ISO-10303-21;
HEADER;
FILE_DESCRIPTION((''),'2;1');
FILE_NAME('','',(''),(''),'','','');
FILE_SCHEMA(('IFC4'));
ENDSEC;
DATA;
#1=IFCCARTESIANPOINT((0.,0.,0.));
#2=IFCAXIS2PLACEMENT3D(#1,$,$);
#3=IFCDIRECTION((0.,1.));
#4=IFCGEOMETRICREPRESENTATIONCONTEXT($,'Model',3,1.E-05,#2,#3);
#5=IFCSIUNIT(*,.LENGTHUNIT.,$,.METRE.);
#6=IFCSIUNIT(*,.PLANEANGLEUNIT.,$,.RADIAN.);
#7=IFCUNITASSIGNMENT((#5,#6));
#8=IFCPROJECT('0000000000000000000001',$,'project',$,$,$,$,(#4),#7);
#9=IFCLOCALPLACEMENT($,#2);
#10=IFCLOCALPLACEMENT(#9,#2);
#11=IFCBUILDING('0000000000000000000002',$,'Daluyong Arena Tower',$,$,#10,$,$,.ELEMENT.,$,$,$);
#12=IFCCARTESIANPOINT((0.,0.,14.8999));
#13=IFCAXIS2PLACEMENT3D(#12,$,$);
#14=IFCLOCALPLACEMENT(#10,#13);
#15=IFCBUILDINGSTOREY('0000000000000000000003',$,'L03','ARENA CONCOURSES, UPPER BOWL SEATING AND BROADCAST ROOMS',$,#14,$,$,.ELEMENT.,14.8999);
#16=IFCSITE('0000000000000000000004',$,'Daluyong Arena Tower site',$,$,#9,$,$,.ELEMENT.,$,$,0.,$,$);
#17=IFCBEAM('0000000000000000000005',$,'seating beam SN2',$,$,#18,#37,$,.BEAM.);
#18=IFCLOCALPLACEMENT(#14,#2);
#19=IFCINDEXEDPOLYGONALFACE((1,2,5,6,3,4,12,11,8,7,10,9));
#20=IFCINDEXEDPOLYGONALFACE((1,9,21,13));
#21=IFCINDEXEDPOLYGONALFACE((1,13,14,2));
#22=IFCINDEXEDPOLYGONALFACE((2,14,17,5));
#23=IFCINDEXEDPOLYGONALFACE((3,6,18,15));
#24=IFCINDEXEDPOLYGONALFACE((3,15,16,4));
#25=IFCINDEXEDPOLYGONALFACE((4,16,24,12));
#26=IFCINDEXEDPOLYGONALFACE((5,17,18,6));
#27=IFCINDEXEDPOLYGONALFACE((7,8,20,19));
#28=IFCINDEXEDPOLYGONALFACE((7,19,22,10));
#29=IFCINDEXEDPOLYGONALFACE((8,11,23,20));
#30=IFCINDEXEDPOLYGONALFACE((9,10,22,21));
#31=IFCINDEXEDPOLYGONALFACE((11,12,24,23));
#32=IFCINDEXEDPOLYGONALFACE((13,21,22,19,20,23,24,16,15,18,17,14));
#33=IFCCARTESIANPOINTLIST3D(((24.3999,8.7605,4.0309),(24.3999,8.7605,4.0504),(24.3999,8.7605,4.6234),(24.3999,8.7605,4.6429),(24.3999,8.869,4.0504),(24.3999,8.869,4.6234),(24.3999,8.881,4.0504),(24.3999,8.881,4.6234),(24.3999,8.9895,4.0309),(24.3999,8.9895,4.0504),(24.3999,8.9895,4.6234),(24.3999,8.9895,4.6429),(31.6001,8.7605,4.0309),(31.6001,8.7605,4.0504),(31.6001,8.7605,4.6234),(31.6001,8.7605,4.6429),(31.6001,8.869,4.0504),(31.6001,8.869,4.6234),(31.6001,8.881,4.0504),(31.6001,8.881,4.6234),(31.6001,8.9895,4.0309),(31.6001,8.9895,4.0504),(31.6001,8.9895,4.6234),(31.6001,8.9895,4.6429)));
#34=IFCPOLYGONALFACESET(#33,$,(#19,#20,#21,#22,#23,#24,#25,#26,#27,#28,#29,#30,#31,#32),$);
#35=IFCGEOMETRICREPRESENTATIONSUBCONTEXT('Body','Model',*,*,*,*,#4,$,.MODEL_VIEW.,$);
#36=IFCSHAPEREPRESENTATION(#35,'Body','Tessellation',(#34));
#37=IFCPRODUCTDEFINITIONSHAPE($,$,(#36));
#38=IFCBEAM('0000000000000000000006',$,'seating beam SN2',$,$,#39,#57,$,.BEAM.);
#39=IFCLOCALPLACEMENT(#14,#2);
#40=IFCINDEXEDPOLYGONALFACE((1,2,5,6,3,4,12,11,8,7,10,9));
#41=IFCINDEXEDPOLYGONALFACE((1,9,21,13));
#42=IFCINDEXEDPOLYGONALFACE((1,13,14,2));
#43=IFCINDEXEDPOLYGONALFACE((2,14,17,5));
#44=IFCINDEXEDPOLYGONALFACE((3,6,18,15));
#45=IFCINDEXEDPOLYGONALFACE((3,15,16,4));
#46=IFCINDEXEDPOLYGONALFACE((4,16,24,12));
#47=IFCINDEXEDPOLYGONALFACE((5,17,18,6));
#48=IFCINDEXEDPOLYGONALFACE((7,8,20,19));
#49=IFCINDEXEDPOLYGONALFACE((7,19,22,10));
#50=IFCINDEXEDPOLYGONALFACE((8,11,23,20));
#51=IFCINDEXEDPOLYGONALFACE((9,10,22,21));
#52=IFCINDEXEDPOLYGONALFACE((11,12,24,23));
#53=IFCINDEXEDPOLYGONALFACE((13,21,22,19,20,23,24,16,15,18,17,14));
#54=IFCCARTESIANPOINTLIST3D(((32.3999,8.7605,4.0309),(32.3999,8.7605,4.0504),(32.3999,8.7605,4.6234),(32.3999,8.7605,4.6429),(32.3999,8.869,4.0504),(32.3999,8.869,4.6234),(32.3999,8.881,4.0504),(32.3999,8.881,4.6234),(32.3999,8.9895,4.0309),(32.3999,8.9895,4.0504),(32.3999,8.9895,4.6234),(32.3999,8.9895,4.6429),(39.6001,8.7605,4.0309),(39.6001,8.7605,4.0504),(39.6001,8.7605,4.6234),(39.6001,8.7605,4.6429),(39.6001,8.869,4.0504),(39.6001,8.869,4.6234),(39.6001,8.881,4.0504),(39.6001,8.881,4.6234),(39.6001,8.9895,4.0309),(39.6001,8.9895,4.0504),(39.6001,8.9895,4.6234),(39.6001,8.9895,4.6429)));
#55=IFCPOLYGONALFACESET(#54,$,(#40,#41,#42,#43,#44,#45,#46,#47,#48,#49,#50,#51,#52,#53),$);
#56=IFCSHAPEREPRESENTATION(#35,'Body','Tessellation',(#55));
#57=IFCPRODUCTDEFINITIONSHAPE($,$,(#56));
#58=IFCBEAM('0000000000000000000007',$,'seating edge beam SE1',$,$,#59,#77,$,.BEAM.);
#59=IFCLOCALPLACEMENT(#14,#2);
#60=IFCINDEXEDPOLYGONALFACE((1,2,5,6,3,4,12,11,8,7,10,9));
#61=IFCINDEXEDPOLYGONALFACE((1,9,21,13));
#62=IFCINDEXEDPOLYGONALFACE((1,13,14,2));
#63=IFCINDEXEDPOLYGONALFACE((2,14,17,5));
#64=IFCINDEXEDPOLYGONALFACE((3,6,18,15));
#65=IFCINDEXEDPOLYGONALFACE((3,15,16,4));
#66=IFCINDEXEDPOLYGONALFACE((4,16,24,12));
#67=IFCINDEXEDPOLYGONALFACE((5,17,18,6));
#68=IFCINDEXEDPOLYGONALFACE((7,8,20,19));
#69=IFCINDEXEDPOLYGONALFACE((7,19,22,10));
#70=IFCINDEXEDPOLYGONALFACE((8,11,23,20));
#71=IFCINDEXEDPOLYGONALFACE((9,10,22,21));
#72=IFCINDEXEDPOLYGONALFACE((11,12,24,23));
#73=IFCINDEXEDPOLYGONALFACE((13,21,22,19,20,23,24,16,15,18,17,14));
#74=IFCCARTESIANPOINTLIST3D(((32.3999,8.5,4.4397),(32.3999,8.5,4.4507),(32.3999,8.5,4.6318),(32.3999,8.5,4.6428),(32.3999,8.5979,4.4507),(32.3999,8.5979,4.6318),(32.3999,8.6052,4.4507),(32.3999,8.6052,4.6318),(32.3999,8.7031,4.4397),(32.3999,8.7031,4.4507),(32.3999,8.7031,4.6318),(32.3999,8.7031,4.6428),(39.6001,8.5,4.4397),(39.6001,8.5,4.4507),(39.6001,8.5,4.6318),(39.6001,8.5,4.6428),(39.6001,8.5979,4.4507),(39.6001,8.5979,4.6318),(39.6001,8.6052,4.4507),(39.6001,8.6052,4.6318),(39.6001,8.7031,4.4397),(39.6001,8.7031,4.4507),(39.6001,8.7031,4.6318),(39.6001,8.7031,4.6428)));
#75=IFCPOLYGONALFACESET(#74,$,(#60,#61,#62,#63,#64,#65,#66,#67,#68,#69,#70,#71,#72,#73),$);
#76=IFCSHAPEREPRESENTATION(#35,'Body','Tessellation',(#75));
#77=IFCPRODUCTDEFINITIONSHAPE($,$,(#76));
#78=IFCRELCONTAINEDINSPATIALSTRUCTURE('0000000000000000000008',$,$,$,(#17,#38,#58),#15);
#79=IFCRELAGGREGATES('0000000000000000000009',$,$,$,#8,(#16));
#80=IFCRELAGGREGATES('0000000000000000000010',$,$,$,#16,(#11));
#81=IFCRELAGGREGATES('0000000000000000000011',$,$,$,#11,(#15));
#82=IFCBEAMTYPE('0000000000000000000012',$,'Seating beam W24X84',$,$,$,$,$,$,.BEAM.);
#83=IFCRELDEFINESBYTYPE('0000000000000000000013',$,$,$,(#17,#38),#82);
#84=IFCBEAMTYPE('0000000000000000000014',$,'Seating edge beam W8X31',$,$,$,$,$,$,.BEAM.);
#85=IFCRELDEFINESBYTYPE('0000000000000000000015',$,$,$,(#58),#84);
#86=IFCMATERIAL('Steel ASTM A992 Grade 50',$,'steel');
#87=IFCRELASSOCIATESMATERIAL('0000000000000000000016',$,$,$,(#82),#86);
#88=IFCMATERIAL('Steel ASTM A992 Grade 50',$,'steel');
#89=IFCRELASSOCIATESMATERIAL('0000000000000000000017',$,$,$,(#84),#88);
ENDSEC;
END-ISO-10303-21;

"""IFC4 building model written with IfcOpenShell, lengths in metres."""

from ifc_helpers import new_model, si_unit, direction, frame, origin, origin_2d, place, context, subcontext, project, spatial, i_section, extrude, material, material_profile, profile_set, type_object, element, save


model = new_model("IFC4")

# Units and contexts
model_context = context("Model", 3, precision=1e-05, world=origin(), true_north=direction((0.0, 1.0)))
body_context = subcontext(model_context, "Body", "Model", "MODEL_VIEW")
ifc_project = project(units=[si_unit("LENGTHUNIT", "METRE"), si_unit("PLANEANGLEUNIT", "RADIAN")], contexts=[model_context])

# Site, building, storey
site_placement = place(None, origin())
site = spatial("IfcSite", under=ifc_project, at=site_placement, Name="Daluyong Arena Tower site", CompositionType="ELEMENT", RefElevation=0.0)
building_placement = place(site_placement, origin())
building = spatial("IfcBuilding", under=site, at=building_placement, Name="Daluyong Arena Tower", CompositionType="ELEMENT")
storey_placement = place(building_placement, frame((0.0, 0.0, 14.8999)))
storey = spatial("IfcBuildingStorey", under=building, at=storey_placement, Name="L03", Description="ARENA CONCOURSES, UPPER BOWL SEATING AND BROADCAST ROOMS", CompositionType="ELEMENT", Elevation=14.8999)

# Beams
ifc_material_1 = material(Name="Steel ASTM A992 Grade 50", Category="steel")
ifc_material_profile_1 = material_profile(ifc_material_1, i_section(OverallWidth=0.229, OverallDepth=0.6121, WebThickness=0.012, FlangeThickness=0.0195, at=origin_2d()))
ifc_profile_set_1 = profile_set([ifc_material_profile_1], Name="Steel ASTM A992 Grade 50")
beam_type_1 = type_object("IfcBeamType", Name="Seating beam W24X84", PredefinedType="BEAM", material=ifc_profile_set_1)
for number, where, z_axis, x_axis, name in (
    (1, (24.3999, 8.875, 4.3369), (1.0, 0.0, 0.0), (0.0, 1.0, 0.0), "seating beam SN2"),
    (2, (32.3999, 8.875, 4.3369), (1.0, 0.0, 0.0), (0.0, 1.0, 0.0), "seating beam SN2"),
):
    element("IfcBeam", number, at=place(storey_placement, frame(where, z_axis=z_axis, x_axis=x_axis)), inside=storey, type_object=beam_type_1, Name=name, PredefinedType="BEAM", context=body_context, shape_type="SweptSolid", body=[
        extrude(i_section(OverallWidth=0.229, OverallDepth=0.6121, WebThickness=0.012, FlangeThickness=0.0195, at=origin_2d()), origin(), (0.0, 0.0, 1.0), 7.2002),
    ])
ifc_material_2 = material(Name="Steel ASTM A992 Grade 50", Category="steel")
ifc_material_profile_2 = material_profile(ifc_material_2, i_section(OverallWidth=0.2031, OverallDepth=0.2031, WebThickness=0.0073, FlangeThickness=0.011, at=origin_2d()))
ifc_profile_set_2 = profile_set([ifc_material_profile_2], Name="Steel ASTM A992 Grade 50")
beam_type_2 = type_object("IfcBeamType", Name="Seating edge beam W8X31", PredefinedType="BEAM", material=ifc_profile_set_2)
beam_placement = place(storey_placement, frame((32.3999, 8.6016, 4.5413), z_axis=(1.0, 0.0, 0.0), x_axis=(0.0, 1.0, 0.0)))
element("IfcBeam", 3, at=beam_placement, inside=storey, type_object=beam_type_2, Name="seating edge beam SE1", PredefinedType="BEAM", context=body_context, shape_type="SweptSolid", body=[
    extrude(i_section(OverallWidth=0.2031, OverallDepth=0.2031, WebThickness=0.0073, FlangeThickness=0.011, at=origin_2d()), origin(), (0.0, 0.0, 1.0), 7.2002),
])

save(model, "model.ifc")
